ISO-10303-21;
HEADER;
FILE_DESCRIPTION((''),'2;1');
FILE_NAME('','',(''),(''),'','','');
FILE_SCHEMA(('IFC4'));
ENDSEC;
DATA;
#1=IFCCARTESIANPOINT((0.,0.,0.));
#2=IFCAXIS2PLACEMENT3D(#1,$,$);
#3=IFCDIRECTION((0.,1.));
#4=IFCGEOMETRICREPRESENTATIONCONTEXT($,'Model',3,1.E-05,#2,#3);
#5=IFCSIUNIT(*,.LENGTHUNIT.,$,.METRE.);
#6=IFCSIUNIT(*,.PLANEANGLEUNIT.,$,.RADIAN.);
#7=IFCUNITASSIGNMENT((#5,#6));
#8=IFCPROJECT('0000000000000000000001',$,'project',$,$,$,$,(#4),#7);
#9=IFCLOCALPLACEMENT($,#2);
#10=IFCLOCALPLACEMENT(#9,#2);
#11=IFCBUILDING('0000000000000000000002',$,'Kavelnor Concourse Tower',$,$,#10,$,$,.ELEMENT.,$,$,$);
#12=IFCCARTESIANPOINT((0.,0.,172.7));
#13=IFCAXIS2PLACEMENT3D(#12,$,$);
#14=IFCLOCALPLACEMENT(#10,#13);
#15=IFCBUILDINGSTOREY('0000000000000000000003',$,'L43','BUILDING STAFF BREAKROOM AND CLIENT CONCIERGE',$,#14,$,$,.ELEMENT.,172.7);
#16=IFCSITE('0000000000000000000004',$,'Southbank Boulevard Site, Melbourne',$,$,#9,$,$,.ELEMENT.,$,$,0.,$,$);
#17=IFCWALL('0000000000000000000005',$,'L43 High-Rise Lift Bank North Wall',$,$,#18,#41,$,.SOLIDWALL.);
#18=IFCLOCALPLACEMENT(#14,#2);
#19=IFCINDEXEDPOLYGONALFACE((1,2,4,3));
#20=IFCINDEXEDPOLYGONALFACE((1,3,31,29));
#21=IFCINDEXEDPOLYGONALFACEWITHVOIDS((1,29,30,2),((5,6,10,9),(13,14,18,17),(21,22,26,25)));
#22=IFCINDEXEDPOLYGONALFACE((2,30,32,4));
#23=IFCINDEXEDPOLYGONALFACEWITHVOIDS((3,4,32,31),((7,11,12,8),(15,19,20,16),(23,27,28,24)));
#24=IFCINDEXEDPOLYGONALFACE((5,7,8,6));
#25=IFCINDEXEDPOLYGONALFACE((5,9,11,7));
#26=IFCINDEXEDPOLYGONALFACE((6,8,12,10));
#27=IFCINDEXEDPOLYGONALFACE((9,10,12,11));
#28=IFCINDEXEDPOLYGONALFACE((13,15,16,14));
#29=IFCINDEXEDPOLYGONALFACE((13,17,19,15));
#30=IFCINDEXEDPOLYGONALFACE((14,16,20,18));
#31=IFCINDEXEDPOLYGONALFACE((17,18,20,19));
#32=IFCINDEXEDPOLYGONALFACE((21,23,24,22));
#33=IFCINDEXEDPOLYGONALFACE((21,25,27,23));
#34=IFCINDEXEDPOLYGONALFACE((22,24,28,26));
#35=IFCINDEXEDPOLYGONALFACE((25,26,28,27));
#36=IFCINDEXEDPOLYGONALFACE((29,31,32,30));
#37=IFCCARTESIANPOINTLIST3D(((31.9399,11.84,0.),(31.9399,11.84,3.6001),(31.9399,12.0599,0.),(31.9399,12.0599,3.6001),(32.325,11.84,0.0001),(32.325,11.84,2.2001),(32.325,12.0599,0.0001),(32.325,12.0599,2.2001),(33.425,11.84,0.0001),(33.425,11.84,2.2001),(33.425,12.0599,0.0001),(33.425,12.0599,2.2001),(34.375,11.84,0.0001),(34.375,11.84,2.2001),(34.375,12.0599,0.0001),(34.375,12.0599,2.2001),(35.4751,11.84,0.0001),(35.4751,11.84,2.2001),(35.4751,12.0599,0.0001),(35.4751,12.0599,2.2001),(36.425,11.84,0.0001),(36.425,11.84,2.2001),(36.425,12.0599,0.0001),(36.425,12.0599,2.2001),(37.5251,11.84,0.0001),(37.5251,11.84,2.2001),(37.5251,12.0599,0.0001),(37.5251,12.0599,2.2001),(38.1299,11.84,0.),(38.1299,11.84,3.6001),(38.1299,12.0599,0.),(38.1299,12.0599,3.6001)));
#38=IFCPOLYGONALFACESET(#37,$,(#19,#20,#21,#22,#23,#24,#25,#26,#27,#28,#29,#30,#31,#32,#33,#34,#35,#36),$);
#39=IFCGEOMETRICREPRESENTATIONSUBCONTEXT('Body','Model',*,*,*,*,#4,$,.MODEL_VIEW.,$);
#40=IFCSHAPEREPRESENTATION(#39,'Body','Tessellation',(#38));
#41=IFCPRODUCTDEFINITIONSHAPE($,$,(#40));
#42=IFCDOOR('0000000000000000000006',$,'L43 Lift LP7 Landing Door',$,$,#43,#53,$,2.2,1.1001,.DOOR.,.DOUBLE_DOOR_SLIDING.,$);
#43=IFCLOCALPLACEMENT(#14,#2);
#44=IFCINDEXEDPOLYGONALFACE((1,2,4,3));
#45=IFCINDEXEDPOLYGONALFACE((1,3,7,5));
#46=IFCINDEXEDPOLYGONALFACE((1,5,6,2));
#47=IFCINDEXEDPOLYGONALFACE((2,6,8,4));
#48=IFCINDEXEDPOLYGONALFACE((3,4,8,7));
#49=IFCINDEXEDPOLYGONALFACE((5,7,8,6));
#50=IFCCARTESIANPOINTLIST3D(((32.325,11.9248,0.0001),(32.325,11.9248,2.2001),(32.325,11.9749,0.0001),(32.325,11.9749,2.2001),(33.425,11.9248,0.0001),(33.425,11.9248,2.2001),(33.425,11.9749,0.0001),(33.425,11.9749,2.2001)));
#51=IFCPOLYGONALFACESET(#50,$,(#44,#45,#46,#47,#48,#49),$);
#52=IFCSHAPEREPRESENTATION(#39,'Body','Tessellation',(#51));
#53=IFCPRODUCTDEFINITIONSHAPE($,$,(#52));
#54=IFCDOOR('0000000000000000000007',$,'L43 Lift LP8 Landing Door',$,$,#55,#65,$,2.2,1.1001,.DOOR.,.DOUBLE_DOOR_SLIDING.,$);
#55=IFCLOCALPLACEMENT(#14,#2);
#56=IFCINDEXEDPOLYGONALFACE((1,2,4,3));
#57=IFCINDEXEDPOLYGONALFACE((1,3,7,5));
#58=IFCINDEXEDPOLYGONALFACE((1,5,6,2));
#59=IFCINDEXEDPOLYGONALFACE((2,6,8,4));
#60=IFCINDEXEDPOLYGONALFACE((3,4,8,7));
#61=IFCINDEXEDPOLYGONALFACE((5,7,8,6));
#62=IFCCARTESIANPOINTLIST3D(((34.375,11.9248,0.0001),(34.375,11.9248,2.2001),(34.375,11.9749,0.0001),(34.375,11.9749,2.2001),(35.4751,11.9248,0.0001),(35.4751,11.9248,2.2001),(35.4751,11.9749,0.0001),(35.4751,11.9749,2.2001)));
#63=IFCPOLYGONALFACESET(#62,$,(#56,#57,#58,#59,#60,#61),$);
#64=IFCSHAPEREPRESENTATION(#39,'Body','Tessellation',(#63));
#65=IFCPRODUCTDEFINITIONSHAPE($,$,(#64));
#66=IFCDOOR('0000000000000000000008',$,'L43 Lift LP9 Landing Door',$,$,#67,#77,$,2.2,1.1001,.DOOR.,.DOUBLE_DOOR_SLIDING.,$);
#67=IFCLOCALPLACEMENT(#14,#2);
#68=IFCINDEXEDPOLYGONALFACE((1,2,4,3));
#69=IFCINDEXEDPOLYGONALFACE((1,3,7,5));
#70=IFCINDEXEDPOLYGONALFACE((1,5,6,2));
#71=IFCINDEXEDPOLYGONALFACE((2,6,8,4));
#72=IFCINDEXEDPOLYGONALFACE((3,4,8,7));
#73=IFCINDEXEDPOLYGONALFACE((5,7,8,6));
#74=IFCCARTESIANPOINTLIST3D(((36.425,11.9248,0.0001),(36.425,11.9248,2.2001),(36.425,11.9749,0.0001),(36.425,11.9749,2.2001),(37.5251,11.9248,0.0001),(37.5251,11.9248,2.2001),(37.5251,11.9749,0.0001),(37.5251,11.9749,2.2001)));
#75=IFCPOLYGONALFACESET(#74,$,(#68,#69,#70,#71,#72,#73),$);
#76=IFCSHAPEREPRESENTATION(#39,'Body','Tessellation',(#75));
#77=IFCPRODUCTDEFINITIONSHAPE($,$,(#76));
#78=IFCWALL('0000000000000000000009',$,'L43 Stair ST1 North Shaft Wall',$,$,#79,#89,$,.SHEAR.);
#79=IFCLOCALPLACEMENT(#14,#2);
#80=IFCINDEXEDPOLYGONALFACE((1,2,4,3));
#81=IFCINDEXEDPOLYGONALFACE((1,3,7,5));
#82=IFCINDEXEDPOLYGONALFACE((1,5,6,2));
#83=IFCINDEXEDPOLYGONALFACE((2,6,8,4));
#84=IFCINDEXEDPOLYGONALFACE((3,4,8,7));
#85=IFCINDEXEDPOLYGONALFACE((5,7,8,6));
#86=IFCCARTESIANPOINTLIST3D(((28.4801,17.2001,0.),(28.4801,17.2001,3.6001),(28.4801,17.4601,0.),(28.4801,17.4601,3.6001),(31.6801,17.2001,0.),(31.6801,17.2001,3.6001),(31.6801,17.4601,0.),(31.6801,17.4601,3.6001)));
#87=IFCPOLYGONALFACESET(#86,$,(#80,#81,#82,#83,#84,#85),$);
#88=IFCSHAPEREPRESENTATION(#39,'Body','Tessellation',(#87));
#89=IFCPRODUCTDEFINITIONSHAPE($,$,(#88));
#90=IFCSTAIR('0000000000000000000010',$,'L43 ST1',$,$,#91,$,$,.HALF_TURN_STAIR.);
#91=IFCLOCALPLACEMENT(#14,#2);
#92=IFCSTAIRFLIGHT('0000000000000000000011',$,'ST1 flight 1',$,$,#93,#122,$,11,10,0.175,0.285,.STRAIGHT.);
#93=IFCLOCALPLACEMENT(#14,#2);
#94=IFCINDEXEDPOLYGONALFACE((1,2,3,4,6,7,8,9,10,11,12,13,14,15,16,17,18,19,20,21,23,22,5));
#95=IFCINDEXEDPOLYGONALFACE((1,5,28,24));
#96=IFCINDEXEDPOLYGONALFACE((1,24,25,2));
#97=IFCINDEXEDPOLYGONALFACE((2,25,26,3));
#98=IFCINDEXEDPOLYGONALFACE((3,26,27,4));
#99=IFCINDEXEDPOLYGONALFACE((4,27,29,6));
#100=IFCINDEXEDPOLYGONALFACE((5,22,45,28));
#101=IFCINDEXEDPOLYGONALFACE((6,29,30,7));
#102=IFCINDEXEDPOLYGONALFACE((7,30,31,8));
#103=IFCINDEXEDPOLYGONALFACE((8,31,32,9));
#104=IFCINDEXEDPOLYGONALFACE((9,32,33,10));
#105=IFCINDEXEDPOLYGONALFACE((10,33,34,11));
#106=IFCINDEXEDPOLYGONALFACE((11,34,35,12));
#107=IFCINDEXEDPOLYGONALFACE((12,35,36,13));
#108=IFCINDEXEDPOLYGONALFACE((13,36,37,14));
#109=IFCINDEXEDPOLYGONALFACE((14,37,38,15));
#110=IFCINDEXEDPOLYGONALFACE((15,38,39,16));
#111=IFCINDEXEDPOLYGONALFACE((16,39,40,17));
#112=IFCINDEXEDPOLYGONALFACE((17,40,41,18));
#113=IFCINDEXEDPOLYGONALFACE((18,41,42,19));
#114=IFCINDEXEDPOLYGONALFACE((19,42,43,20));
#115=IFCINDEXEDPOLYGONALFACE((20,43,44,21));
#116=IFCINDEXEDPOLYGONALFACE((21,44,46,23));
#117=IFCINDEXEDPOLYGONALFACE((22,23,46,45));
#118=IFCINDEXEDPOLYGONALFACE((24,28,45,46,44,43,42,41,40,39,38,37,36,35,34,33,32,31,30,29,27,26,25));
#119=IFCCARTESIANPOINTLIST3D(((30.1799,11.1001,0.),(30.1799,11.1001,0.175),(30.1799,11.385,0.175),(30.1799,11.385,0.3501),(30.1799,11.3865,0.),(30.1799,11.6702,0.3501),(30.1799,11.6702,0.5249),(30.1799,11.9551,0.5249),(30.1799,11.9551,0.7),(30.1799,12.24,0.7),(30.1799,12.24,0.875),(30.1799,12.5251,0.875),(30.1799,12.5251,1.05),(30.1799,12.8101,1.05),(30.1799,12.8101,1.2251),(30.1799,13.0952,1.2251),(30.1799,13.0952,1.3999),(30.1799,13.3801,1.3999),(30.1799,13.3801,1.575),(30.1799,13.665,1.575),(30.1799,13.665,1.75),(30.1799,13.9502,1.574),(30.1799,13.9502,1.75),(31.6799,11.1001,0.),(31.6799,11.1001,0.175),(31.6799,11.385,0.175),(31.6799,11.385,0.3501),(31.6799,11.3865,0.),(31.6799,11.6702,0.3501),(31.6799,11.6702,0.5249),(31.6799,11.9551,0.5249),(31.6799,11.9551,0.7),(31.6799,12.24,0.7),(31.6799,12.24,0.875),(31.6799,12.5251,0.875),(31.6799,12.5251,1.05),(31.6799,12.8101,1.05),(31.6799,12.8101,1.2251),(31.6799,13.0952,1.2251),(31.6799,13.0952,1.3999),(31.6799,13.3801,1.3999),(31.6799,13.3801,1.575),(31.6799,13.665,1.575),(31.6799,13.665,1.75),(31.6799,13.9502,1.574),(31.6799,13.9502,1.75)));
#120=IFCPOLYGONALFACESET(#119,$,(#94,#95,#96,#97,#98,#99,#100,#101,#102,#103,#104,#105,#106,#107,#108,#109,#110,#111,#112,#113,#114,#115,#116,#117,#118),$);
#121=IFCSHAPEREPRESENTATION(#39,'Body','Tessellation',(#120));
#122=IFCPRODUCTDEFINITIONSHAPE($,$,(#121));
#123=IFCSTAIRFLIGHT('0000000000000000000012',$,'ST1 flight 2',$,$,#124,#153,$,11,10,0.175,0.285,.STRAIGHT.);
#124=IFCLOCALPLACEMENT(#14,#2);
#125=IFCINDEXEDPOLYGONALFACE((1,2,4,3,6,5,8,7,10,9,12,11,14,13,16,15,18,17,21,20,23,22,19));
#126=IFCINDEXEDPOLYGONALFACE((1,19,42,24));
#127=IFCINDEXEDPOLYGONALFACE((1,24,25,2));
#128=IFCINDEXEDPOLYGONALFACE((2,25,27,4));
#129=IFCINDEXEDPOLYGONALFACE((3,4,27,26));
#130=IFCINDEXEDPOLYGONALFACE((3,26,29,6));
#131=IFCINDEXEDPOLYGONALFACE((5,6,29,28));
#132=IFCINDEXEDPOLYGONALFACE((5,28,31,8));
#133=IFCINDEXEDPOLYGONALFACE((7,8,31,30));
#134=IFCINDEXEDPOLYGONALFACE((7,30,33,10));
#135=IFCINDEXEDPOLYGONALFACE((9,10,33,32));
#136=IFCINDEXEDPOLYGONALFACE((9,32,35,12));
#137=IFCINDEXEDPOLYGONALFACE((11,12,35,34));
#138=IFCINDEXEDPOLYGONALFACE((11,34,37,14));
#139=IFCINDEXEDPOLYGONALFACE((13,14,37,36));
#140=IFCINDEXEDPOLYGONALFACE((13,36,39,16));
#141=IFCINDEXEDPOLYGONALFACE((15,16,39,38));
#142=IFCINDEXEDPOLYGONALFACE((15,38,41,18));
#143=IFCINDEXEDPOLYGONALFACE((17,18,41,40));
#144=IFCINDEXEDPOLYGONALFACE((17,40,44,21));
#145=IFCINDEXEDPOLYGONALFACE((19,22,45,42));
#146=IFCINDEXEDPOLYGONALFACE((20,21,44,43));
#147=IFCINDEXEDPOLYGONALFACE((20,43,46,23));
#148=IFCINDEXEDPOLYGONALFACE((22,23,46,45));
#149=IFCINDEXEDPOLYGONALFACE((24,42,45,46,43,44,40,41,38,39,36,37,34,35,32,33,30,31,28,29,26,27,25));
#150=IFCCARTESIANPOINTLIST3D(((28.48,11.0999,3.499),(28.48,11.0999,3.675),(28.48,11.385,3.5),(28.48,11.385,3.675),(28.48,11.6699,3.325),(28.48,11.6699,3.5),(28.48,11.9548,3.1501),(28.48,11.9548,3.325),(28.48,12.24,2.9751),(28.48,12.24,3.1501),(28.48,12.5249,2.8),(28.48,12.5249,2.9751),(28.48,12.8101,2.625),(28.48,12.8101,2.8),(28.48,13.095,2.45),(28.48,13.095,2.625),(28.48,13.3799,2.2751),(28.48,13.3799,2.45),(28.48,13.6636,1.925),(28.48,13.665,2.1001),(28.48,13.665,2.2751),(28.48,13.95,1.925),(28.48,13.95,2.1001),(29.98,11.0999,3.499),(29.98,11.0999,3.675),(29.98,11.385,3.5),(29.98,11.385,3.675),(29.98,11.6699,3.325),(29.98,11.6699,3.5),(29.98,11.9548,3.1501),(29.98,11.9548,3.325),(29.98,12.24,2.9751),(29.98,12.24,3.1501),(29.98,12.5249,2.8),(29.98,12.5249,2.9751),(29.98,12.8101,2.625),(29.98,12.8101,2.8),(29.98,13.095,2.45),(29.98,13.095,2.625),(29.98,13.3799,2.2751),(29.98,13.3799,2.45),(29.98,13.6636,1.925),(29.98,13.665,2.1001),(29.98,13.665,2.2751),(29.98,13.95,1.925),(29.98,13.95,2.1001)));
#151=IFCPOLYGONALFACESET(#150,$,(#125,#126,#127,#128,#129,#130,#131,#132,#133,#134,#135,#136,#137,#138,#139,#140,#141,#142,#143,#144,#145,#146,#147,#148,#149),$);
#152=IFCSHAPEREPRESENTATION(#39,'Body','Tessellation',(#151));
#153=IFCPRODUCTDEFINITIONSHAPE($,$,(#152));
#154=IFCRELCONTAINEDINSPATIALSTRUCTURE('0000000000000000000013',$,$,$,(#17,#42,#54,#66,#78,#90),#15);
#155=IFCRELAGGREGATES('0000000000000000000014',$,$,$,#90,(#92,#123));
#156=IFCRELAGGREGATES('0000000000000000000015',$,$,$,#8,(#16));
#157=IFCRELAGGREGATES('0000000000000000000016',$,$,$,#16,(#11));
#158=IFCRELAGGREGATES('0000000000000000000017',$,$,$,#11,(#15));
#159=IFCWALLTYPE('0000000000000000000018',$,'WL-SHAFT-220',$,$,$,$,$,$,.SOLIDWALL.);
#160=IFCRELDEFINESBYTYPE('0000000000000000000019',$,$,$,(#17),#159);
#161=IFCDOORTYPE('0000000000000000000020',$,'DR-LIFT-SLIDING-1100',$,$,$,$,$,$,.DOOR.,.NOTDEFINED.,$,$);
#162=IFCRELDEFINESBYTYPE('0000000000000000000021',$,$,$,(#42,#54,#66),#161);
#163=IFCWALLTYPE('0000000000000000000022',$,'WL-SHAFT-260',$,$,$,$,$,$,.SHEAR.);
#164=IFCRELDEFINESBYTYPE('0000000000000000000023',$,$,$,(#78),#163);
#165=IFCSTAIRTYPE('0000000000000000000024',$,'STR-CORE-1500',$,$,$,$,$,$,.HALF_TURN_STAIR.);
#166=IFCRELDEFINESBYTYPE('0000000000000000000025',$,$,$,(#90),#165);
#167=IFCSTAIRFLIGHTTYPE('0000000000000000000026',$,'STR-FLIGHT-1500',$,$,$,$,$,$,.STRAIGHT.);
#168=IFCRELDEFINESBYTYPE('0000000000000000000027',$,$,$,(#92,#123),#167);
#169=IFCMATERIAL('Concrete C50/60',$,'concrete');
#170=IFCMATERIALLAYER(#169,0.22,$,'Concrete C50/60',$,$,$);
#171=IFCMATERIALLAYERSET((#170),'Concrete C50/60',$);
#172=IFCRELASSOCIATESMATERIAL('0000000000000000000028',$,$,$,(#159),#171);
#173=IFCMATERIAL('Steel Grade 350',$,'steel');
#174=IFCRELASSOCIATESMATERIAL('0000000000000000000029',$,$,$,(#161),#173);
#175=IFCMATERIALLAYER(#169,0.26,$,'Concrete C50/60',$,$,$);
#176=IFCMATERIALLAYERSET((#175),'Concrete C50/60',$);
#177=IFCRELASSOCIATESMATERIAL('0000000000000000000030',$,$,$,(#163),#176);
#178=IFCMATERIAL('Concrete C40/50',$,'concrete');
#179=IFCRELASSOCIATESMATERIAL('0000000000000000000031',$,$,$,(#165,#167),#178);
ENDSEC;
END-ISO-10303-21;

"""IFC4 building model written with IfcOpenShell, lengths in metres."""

from ifc_helpers import new_model, si_unit, direction, frame, frame_2d, origin, place, context, subcontext, project, spatial, polyline, rectangle, outline, extrude, material, layer, layer_set, type_object, element, fill, aggregate, save


model = new_model("IFC4")

# Units and contexts
model_context = context("Model", 3, precision=1e-05, world=origin(), true_north=direction((0.0, 1.0)))
body_context = subcontext(model_context, "Body", "Model", "MODEL_VIEW")
ifc_project = project(units=[si_unit("LENGTHUNIT", "METRE"), si_unit("PLANEANGLEUNIT", "RADIAN")], contexts=[model_context])

# Site, building, storey
site_placement = place(None, origin())
site = spatial("IfcSite", under=ifc_project, at=site_placement, Name="Southbank Boulevard Site, Melbourne", CompositionType="ELEMENT", RefElevation=0.0)
building_placement = place(site_placement, origin())
building = spatial("IfcBuilding", under=site, at=building_placement, Name="Kavelnor Concourse Tower", CompositionType="ELEMENT")
storey_placement = place(building_placement, frame((0.0, 0.0, 172.7)))
storey = spatial("IfcBuildingStorey", under=building, at=storey_placement, Name="L43", Description="BUILDING STAFF BREAKROOM AND CLIENT CONCIERGE", CompositionType="ELEMENT", Elevation=172.7)

# Shared definitions
ifc_material_1 = material(Name="Steel Grade 350", Category="steel")

# Shared definitions
ifc_material_2 = material(Name="Concrete C50/60", Category="concrete")
ifc_layer_1 = layer(ifc_material_2, 0.22, Name="Concrete C50/60")
ifc_layer_set_1 = layer_set([ifc_layer_1], Name="Concrete C50/60")
wall_type_1 = type_object("IfcWallType", Name="WL-SHAFT-220", PredefinedType="SOLIDWALL", material=ifc_layer_set_1)

# Wall, openings, doors
wall_1_placement = place(storey_placement, frame((31.9399, 11.95, 0.0), z_axis=(0.0, 0.0, 1.0), x_axis=(1.0, 0.0, 0.0)))
wall_1 = element("IfcWall", 1, at=wall_1_placement, inside=storey, type_object=wall_type_1, Name="L43 High-Rise Lift Bank North Wall", PredefinedType="SOLIDWALL", context=body_context, shape_type="SweptSolid", body=[
    extrude(rectangle(XDim=6.1899, YDim=0.22, at=frame_2d((3.095, 0.0))), origin(), (0.0, 0.0, 1.0), 3.6001),
])
opening_1_placement = place(wall_1_placement, frame((0.385, 0.0, 0.0)))
opening_1 = element("IfcOpeningElement", 2, at=opening_1_placement, cuts=wall_1, PredefinedType="OPENING", context=body_context, shape_type="SweptSolid", body=[
    extrude(rectangle(XDim=1.1001, YDim=2.2, at=frame_2d((0.55, 1.1001))), frame((0.0, 0.1201, 0.0), z_axis=(0.0, -1.0, 0.0), x_axis=(1.0, 0.0, 0.0)), (0.0, 0.0, 1.0), 0.24),
])
opening_2_placement = place(wall_1_placement, frame((2.4351, 0.0, 0.0)))
opening_2 = element("IfcOpeningElement", 3, at=opening_2_placement, cuts=wall_1, PredefinedType="OPENING", context=body_context, shape_type="SweptSolid", body=[
    extrude(rectangle(XDim=1.1001, YDim=2.2, at=frame_2d((0.55, 1.1001))), frame((0.0, 0.1201, 0.0), z_axis=(0.0, -1.0, 0.0), x_axis=(1.0, 0.0, 0.0)), (0.0, 0.0, 1.0), 0.24),
])
opening_3_placement = place(wall_1_placement, frame((4.4851, 0.0, 0.0)))
opening_3 = element("IfcOpeningElement", 4, at=opening_3_placement, cuts=wall_1, PredefinedType="OPENING", context=body_context, shape_type="SweptSolid", body=[
    extrude(rectangle(XDim=1.1001, YDim=2.2, at=frame_2d((0.55, 1.1001))), frame((0.0, 0.1201, 0.0), z_axis=(0.0, -1.0, 0.0), x_axis=(1.0, 0.0, 0.0)), (0.0, 0.0, 1.0), 0.24),
])
door_type_1 = type_object("IfcDoorType", Name="DR-LIFT-SLIDING-1100", OperationType="NOTDEFINED", PredefinedType="DOOR", material=ifc_material_1)
door_1_placement = place(opening_1_placement, origin())
door_1 = element("IfcDoor", 5, at=door_1_placement, inside=storey, type_object=door_type_1, Name="L43 Lift LP7 Landing Door", OperationType="DOUBLE_DOOR_SLIDING", OverallHeight=2.2, OverallWidth=1.1001, PredefinedType="DOOR", context=body_context, shape_type="SweptSolid", body=[
    extrude(rectangle(XDim=1.1001, YDim=2.2, at=frame_2d((0.55, 1.1001))), frame((0.0, 0.0249, 0.0), z_axis=(0.0, -1.0, 0.0), x_axis=(1.0, 0.0, 0.0)), (0.0, 0.0, 1.0), 0.05),
])
fill(opening_1, door_1)
door_2_placement = place(opening_2_placement, origin())
door_2 = element("IfcDoor", 6, at=door_2_placement, inside=storey, type_object=door_type_1, Name="L43 Lift LP8 Landing Door", OperationType="DOUBLE_DOOR_SLIDING", OverallHeight=2.2, OverallWidth=1.1001, PredefinedType="DOOR", context=body_context, shape_type="SweptSolid", body=[
    extrude(rectangle(XDim=1.1001, YDim=2.2, at=frame_2d((0.55, 1.1001))), frame((0.0, 0.0249, 0.0), z_axis=(0.0, -1.0, 0.0), x_axis=(1.0, 0.0, 0.0)), (0.0, 0.0, 1.0), 0.05),
])
fill(opening_2, door_2)
door_3_placement = place(opening_3_placement, origin())
door_3 = element("IfcDoor", 7, at=door_3_placement, inside=storey, type_object=door_type_1, Name="L43 Lift LP9 Landing Door", OperationType="DOUBLE_DOOR_SLIDING", OverallHeight=2.2, OverallWidth=1.1001, PredefinedType="DOOR", context=body_context, shape_type="SweptSolid", body=[
    extrude(rectangle(XDim=1.1001, YDim=2.2, at=frame_2d((0.55, 1.1001))), frame((0.0, 0.0249, 0.0), z_axis=(0.0, -1.0, 0.0), x_axis=(1.0, 0.0, 0.0)), (0.0, 0.0, 1.0), 0.05),
])
fill(opening_3, door_3)

# Wall
ifc_layer_2 = layer(ifc_material_2, 0.26, Name="Concrete C50/60")
ifc_layer_set_2 = layer_set([ifc_layer_2], Name="Concrete C50/60")
wall_type_2 = type_object("IfcWallType", Name="WL-SHAFT-260", PredefinedType="SHEAR", material=ifc_layer_set_2)
wall_2_placement = place(storey_placement, frame((28.48, 17.3301, 0.0), z_axis=(0.0, 0.0, 1.0), x_axis=(1.0, 0.0, 0.0)))
element("IfcWall", 8, at=wall_2_placement, inside=storey, type_object=wall_type_2, Name="L43 Stair ST1 North Shaft Wall", PredefinedType="SHEAR", context=body_context, shape_type="SweptSolid", body=[
    extrude(rectangle(XDim=3.2, YDim=0.26, at=frame_2d((1.6001, 0.0))), origin(), (0.0, 0.0, 1.0), 3.6001),
])

# Stair, stair flights
ifc_material_3 = material(Name="Concrete C40/50", Category="concrete")
stair_type = type_object("IfcStairType", Name="STR-CORE-1500", PredefinedType="HALF_TURN_STAIR", material=ifc_material_3)
stair_1_placement = place(storey_placement, origin())
stair_1 = element("IfcStair", 9, at=stair_1_placement, inside=storey, type_object=stair_type, Name="L43 ST1", PredefinedType="HALF_TURN_STAIR")
stair_flight_type = type_object("IfcStairFlightType", Name="STR-FLIGHT-1500", PredefinedType="STRAIGHT", material=ifc_material_3)
stair_flight_1_placement = place(storey_placement, frame((30.9299, 11.1001, 0.0), z_axis=(0.0, 0.0, 1.0), x_axis=(0.0, 1.0, 0.0)))
stair_flight_1 = element("IfcStairFlight", 10, at=stair_flight_1_placement, type_object=stair_flight_type, Name="ST1 flight 1", NumberOfRisers=11, NumberOfTreads=10, PredefinedType="STRAIGHT", RiserHeight=0.175, TreadLength=0.285, context=body_context, shape_type="SweptSolid", body=[
    extrude(outline(polyline([(0.0, 0.0), (0.0, 0.175), (0.2849, 0.175), (0.2849, 0.3501), (0.5701, 0.3501), (0.5701, 0.5249), (0.855, 0.5249), (0.855, 0.7), (1.1399, 0.7), (1.1399, 0.875), (1.425, 0.875), (1.425, 1.05), (1.71, 1.05), (1.71, 1.2251), (1.9951, 1.2251), (1.9951, 1.3999), (2.28, 1.3999), (2.28, 1.575), (2.5649, 1.575), (2.5649, 1.75), (2.8501, 1.75), (2.8501, 1.925), (2.8501, 1.574), (0.2864, 0.0), (0.0, 0.0)])), frame((0.0, 0.75, 0.0), z_axis=(0.0, -1.0, 0.0), x_axis=(1.0, 0.0, 0.0)), (0.0, 0.0, 1.0), 1.5),
])
stair_flight_2_placement = place(storey_placement, frame((29.23, 13.95, 1.925), z_axis=(0.0, 0.0, 1.0), x_axis=(0.0, -1.0, 0.0)))
stair_flight_2 = element("IfcStairFlight", 11, at=stair_flight_2_placement, type_object=stair_flight_type, Name="ST1 flight 2", NumberOfRisers=11, NumberOfTreads=10, PredefinedType="STRAIGHT", RiserHeight=0.175, TreadLength=0.285, context=body_context, shape_type="SweptSolid", body=[
    extrude(outline(polyline([(0.0, 0.0), (0.0, 0.175), (0.2849, 0.175), (0.2849, 0.3501), (0.5701, 0.3501), (0.5701, 0.5249), (0.855, 0.5249), (0.855, 0.7), (1.1399, 0.7), (1.1399, 0.875), (1.425, 0.875), (1.425, 1.05), (1.71, 1.05), (1.71, 1.2251), (1.9951, 1.2251), (1.9951, 1.3999), (2.28, 1.3999), (2.28, 1.575), (2.5649, 1.575), (2.5649, 1.75), (2.8501, 1.75), (2.8501, 1.925), (2.8501, 1.574), (0.2864, 0.0), (0.0, 0.0)])), frame((0.0, 0.75, 0.0), z_axis=(0.0, -1.0, 0.0), x_axis=(1.0, 0.0, 0.0)), (0.0, 0.0, 1.0), 1.5),
])
aggregate(stair_1, [stair_flight_1, stair_flight_2])

save(model, "model.ifc")
